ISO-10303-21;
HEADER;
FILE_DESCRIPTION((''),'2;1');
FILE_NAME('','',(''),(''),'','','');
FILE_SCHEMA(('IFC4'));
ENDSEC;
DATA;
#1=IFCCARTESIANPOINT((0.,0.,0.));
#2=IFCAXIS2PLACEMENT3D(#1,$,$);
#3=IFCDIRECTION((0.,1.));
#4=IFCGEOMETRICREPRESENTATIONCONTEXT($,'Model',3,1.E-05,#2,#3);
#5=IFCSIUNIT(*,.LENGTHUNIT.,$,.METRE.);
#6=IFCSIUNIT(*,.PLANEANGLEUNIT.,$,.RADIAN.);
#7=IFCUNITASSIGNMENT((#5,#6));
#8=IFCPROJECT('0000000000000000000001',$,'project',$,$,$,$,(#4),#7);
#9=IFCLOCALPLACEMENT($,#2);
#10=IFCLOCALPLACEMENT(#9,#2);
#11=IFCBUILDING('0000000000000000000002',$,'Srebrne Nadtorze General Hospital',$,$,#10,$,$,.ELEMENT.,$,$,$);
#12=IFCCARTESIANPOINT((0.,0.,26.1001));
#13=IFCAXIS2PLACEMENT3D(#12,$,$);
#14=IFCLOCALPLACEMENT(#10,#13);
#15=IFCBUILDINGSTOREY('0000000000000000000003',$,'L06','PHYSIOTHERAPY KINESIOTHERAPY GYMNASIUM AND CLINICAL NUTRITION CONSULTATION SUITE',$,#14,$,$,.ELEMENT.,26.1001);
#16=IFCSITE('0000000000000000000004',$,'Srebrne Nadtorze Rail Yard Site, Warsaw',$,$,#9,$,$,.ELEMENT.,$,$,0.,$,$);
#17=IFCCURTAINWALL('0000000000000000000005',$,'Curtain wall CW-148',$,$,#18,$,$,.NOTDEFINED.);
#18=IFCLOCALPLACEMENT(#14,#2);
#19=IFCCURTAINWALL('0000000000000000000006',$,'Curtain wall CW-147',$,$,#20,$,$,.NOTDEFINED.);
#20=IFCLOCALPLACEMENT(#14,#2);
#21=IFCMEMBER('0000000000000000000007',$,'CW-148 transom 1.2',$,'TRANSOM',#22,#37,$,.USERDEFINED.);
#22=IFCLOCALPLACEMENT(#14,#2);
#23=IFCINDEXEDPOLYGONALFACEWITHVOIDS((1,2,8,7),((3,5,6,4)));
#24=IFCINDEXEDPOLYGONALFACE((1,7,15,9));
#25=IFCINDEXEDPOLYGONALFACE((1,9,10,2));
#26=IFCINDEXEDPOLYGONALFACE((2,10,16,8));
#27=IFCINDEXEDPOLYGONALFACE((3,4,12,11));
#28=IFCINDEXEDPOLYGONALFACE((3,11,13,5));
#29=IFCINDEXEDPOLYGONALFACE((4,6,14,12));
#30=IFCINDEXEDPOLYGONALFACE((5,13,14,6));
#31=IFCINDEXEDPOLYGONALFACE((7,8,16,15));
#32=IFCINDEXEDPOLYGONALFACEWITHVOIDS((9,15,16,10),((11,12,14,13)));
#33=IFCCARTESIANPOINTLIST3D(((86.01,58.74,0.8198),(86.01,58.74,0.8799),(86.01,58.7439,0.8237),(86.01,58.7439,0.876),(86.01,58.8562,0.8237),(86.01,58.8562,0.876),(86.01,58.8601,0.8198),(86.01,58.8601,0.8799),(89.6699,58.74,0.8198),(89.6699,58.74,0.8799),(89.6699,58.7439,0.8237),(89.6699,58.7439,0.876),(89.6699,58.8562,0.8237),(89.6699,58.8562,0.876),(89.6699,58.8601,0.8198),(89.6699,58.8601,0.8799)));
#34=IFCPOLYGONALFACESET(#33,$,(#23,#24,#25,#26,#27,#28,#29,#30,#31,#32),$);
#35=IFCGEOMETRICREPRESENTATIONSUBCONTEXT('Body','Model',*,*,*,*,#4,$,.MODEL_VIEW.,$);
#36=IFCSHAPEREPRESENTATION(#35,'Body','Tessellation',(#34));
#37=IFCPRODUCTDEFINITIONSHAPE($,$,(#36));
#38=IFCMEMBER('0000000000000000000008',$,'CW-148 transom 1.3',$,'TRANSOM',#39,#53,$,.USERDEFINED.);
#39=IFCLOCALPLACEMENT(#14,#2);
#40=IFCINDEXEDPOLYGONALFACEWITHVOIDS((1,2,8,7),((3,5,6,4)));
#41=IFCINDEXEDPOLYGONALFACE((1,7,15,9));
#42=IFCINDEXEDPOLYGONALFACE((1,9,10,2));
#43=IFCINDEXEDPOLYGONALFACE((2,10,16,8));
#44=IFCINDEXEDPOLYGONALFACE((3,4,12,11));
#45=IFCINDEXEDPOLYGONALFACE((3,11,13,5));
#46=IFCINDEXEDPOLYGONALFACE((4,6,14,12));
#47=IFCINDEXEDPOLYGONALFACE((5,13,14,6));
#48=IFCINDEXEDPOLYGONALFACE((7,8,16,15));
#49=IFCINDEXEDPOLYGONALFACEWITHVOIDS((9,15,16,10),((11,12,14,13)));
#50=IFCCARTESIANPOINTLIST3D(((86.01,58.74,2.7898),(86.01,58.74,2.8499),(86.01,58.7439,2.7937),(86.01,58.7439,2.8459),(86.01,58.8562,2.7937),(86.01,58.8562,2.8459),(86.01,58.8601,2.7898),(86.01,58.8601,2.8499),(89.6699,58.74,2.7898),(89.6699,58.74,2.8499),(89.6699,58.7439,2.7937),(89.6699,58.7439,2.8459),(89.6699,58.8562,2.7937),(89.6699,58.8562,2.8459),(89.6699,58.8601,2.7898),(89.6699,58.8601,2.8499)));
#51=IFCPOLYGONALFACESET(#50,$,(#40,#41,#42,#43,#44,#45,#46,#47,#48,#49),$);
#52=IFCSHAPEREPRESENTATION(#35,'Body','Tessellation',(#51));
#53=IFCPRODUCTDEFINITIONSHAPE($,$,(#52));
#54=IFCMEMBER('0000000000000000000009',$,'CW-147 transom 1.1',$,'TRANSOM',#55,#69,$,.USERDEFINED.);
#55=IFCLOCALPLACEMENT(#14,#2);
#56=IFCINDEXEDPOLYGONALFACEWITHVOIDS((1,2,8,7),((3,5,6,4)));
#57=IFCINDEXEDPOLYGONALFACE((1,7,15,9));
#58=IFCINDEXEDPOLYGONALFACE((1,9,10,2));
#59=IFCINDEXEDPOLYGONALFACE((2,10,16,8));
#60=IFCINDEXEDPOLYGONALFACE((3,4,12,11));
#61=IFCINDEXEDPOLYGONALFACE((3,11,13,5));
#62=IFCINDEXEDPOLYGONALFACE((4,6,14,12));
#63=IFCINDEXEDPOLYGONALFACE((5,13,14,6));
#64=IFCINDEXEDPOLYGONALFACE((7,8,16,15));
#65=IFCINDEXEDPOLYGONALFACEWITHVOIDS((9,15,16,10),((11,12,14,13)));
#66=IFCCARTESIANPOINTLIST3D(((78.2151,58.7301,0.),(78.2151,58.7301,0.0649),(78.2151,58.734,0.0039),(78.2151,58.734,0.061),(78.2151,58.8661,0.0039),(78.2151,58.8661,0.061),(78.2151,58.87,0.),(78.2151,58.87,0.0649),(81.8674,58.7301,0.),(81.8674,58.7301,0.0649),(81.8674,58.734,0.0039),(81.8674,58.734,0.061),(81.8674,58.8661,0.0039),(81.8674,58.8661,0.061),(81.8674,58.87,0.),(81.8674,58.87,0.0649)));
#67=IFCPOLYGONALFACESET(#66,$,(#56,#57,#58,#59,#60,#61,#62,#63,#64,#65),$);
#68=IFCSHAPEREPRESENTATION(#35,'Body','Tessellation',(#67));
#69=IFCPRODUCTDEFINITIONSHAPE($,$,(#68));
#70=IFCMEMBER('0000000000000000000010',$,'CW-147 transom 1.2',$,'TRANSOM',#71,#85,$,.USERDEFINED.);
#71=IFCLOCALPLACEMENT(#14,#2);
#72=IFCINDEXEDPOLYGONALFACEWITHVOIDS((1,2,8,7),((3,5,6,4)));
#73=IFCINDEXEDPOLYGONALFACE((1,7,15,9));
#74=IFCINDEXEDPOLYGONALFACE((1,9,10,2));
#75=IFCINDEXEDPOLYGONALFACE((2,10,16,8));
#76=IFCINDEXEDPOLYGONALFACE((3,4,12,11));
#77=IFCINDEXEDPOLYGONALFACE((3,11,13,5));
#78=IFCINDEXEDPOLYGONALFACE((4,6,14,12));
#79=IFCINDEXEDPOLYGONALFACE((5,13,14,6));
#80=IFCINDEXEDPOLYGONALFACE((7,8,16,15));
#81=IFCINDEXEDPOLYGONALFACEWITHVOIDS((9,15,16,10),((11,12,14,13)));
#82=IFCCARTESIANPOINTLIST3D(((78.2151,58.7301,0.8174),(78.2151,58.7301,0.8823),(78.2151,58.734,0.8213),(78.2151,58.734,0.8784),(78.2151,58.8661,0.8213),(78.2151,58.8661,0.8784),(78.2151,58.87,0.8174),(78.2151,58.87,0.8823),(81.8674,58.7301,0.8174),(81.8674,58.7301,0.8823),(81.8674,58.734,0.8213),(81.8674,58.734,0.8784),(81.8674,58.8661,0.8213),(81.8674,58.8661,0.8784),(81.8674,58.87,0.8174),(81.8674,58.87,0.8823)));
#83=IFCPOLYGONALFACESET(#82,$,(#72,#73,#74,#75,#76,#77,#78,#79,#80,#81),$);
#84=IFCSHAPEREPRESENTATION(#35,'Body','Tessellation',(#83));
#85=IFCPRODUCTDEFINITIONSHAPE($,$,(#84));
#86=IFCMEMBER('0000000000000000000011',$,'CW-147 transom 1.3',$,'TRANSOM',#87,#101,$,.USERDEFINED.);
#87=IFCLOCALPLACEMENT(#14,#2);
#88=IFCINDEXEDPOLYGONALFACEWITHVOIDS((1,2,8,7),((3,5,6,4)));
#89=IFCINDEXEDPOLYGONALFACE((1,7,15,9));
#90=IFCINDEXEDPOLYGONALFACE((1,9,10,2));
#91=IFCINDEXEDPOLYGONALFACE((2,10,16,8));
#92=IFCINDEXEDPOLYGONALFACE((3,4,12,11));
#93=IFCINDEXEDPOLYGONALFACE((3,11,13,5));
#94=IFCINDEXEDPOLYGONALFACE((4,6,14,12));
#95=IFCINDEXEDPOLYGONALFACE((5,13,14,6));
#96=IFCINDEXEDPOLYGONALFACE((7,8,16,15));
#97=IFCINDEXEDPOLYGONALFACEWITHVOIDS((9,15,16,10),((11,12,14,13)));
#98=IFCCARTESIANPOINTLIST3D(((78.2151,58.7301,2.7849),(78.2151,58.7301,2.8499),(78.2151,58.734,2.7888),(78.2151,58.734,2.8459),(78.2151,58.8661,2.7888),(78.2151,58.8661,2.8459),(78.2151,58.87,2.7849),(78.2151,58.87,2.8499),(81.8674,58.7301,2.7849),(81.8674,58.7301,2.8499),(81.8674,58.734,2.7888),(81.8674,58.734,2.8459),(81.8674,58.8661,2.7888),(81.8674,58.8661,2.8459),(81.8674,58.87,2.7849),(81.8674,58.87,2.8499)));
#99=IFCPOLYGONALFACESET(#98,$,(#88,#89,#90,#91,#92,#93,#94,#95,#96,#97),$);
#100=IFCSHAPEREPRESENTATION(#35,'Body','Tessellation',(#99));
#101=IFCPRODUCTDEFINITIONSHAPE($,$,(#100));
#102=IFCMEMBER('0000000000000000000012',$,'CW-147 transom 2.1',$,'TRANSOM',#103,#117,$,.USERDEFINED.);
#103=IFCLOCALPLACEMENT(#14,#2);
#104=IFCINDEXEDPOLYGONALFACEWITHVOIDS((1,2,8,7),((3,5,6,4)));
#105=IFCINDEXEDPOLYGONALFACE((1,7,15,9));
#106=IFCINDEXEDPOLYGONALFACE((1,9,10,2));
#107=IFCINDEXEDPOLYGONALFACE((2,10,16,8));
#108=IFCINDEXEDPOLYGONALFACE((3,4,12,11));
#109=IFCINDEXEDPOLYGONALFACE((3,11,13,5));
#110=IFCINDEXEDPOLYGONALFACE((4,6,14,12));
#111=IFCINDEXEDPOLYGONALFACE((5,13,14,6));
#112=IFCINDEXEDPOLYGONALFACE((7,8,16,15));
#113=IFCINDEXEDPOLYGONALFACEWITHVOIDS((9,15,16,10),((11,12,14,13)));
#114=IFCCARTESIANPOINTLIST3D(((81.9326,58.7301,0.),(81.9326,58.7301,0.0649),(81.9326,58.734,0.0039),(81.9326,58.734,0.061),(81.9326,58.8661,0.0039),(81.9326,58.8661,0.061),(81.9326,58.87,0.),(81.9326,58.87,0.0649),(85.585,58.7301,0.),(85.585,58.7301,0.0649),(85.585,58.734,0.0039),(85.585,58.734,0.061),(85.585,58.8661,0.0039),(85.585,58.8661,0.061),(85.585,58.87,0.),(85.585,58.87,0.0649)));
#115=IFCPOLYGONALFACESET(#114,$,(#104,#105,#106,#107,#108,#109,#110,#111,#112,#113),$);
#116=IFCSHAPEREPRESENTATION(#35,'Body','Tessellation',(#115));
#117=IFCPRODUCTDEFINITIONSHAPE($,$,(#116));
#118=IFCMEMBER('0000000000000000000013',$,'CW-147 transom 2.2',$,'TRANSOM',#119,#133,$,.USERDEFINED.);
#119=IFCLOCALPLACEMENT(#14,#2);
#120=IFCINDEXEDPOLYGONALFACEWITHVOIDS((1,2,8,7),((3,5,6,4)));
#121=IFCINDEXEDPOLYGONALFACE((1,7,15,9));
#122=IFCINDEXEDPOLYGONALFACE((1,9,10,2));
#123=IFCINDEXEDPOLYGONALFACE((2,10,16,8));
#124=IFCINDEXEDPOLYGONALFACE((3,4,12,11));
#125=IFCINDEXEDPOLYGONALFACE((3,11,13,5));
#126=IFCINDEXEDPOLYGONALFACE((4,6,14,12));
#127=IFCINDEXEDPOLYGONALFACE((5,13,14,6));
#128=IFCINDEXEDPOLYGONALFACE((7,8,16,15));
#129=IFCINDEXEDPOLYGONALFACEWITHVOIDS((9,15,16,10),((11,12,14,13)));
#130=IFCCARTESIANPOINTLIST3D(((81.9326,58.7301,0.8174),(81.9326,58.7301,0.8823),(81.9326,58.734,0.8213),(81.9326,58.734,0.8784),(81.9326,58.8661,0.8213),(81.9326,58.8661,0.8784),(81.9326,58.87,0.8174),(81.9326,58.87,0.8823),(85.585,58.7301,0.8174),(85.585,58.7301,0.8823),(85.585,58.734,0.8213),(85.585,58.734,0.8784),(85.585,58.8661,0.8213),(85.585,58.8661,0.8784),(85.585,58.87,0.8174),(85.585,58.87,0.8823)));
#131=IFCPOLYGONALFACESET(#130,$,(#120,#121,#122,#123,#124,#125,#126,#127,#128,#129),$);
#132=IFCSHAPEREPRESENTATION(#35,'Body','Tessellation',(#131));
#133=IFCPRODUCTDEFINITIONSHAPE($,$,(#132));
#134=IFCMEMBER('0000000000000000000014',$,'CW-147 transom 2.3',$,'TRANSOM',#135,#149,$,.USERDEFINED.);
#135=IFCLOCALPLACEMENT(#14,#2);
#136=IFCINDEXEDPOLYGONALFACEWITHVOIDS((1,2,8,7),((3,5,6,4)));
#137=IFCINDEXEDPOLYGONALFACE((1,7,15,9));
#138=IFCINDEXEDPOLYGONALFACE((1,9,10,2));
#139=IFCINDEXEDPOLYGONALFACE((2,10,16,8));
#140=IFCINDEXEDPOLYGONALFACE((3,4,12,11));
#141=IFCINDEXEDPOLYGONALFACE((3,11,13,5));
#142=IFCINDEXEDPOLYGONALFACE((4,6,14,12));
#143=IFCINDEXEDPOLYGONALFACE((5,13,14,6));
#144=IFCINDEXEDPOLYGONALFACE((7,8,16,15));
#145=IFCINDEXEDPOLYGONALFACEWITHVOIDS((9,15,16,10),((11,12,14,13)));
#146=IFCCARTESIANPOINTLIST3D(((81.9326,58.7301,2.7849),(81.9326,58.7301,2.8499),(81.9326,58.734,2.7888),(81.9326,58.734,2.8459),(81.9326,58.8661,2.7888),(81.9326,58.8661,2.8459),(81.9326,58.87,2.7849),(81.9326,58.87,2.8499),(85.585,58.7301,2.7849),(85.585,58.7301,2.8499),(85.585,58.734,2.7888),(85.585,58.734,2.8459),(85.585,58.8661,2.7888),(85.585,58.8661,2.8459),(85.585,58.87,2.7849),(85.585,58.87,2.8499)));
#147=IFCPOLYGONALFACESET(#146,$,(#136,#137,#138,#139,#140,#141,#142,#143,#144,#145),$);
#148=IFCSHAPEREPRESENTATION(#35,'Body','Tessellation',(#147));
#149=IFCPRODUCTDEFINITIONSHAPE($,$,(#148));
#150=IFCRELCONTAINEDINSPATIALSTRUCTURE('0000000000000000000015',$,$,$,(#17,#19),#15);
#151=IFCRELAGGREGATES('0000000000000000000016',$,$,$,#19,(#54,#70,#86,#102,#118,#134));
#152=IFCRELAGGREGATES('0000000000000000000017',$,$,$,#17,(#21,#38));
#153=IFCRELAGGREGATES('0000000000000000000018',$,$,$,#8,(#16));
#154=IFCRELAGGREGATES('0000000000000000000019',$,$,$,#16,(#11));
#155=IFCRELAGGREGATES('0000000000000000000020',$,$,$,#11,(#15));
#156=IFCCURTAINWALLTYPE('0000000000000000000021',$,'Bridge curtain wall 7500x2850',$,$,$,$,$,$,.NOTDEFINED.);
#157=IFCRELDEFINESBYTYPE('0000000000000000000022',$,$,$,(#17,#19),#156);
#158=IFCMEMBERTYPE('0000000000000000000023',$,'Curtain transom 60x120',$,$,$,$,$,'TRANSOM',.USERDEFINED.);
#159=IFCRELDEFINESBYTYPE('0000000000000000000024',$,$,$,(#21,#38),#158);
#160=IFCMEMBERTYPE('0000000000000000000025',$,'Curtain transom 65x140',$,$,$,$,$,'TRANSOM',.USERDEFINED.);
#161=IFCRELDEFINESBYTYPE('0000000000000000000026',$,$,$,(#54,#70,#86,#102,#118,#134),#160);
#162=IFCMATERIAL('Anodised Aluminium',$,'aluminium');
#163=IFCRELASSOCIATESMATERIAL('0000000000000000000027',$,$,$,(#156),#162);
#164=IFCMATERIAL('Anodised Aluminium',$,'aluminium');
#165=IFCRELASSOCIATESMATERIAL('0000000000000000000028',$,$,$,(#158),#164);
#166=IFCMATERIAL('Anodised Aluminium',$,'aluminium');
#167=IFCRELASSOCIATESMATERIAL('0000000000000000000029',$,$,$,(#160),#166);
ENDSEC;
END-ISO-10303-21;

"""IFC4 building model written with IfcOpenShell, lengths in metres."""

from ifc_helpers import new_model, si_unit, direction, frame, origin, origin_2d, place, context, subcontext, project, spatial, hollow_rectangle, extrude, material, material_profile, profile_set, type_object, element, aggregate, save


model = new_model("IFC4")

# Units and contexts
model_context = context("Model", 3, precision=1e-05, world=origin(), true_north=direction((0.0, 1.0)))
body_context = subcontext(model_context, "Body", "Model", "MODEL_VIEW")
ifc_project = project(units=[si_unit("LENGTHUNIT", "METRE"), si_unit("PLANEANGLEUNIT", "RADIAN")], contexts=[model_context])

# Site, building, storey
site_placement = place(None, origin())
site = spatial("IfcSite", under=ifc_project, at=site_placement, Name="Srebrne Nadtorze Rail Yard Site, Warsaw", CompositionType="ELEMENT", RefElevation=0.0)
building_placement = place(site_placement, origin())
building = spatial("IfcBuilding", under=site, at=building_placement, Name="Srebrne Nadtorze General Hospital", CompositionType="ELEMENT")
storey_placement = place(building_placement, frame((0.0, 0.0, 26.1001)))
storey = spatial("IfcBuildingStorey", under=building, at=storey_placement, Name="L06", Description="PHYSIOTHERAPY KINESIOTHERAPY GYMNASIUM AND CLINICAL NUTRITION CONSULTATION SUITE", CompositionType="ELEMENT", Elevation=26.1001)

# Curtain wall
ifc_material_1 = material(Name="Anodised Aluminium", Category="aluminium")
curtain_wall_type = type_object("IfcCurtainWallType", Name="Bridge curtain wall 7500x2850", PredefinedType="NOTDEFINED", material=ifc_material_1)
curtain_wall_1_placement = place(storey_placement, origin())
curtain_wall_1 = element("IfcCurtainWall", 1, at=curtain_wall_1_placement, inside=storey, type_object=curtain_wall_type, Name="Curtain wall CW-148", PredefinedType="NOTDEFINED")

# Curtain wall
curtain_wall_2_placement = place(storey_placement, origin())
curtain_wall_2 = element("IfcCurtainWall", 2, at=curtain_wall_2_placement, inside=storey, type_object=curtain_wall_type, Name="Curtain wall CW-147", PredefinedType="NOTDEFINED")

# Members
ifc_material_2 = material(Name="Anodised Aluminium", Category="aluminium")
ifc_material_profile_1 = material_profile(ifc_material_2, hollow_rectangle(XDim=0.0601, YDim=0.1201, WallThickness=0.0039, at=origin_2d()), Name="AL-TRN-60x120")
ifc_profile_set_1 = profile_set([ifc_material_profile_1], Name="Anodised Aluminium")
member_type_1 = type_object("IfcMemberType", Name="Curtain transom 60x120", ElementType="TRANSOM", PredefinedType="USERDEFINED", material=ifc_profile_set_1)
member_1_placement = place(storey_placement, frame((86.01, 58.8, 0.8499), z_axis=(1.0, 0.0, 0.0), x_axis=(0.0, 0.0, 1.0)))
member_1 = element("IfcMember", 3, at=member_1_placement, type_object=member_type_1, Name="CW-148 transom 1.2", ObjectType="TRANSOM", PredefinedType="USERDEFINED", context=body_context, shape_type="SweptSolid", body=[
    extrude(hollow_rectangle(XDim=0.0601, YDim=0.1201, WallThickness=0.0039, at=origin_2d()), origin(), (0.0, 0.0, 1.0), 3.6599),
])
member_2_placement = place(storey_placement, frame((86.01, 58.8, 2.8198), z_axis=(1.0, 0.0, 0.0), x_axis=(0.0, 0.0, 1.0)))
member_2 = element("IfcMember", 4, at=member_2_placement, type_object=member_type_1, Name="CW-148 transom 1.3", ObjectType="TRANSOM", PredefinedType="USERDEFINED", context=body_context, shape_type="SweptSolid", body=[
    extrude(hollow_rectangle(XDim=0.0601, YDim=0.1201, WallThickness=0.0039, at=origin_2d()), origin(), (0.0, 0.0, 1.0), 3.6599),
])
ifc_material_3 = material(Name="Anodised Aluminium", Category="aluminium")
ifc_material_profile_2 = material_profile(ifc_material_3, hollow_rectangle(XDim=0.0649, YDim=0.1399, WallThickness=0.0039, at=origin_2d()), Name="AL-TRN-65x140")
ifc_profile_set_2 = profile_set([ifc_material_profile_2], Name="Anodised Aluminium")
member_type_2 = type_object("IfcMemberType", Name="Curtain transom 65x140", ElementType="TRANSOM", PredefinedType="USERDEFINED", material=ifc_profile_set_2)
member_3_placement = place(storey_placement, frame((78.2151, 58.8, 0.0325), z_axis=(1.0, 0.0, 0.0), x_axis=(0.0, 0.0, 1.0)))
member_3 = element("IfcMember", 5, at=member_3_placement, type_object=member_type_2, Name="CW-147 transom 1.1", ObjectType="TRANSOM", PredefinedType="USERDEFINED", context=body_context, shape_type="SweptSolid", body=[
    extrude(hollow_rectangle(XDim=0.0649, YDim=0.1399, WallThickness=0.0039, at=origin_2d()), origin(), (0.0, 0.0, 1.0), 3.6523),
])
member_4_placement = place(storey_placement, frame((78.2151, 58.8, 0.8499), z_axis=(1.0, 0.0, 0.0), x_axis=(0.0, 0.0, 1.0)))
member_4 = element("IfcMember", 6, at=member_4_placement, type_object=member_type_2, Name="CW-147 transom 1.2", ObjectType="TRANSOM", PredefinedType="USERDEFINED", context=body_context, shape_type="SweptSolid", body=[
    extrude(hollow_rectangle(XDim=0.0649, YDim=0.1399, WallThickness=0.0039, at=origin_2d()), origin(), (0.0, 0.0, 1.0), 3.6523),
])
member_5_placement = place(storey_placement, frame((78.2151, 58.8, 2.8174), z_axis=(1.0, 0.0, 0.0), x_axis=(0.0, 0.0, 1.0)))
member_5 = element("IfcMember", 7, at=member_5_placement, type_object=member_type_2, Name="CW-147 transom 1.3", ObjectType="TRANSOM", PredefinedType="USERDEFINED", context=body_context, shape_type="SweptSolid", body=[
    extrude(hollow_rectangle(XDim=0.0649, YDim=0.1399, WallThickness=0.0039, at=origin_2d()), origin(), (0.0, 0.0, 1.0), 3.6523),
])
member_6_placement = place(storey_placement, frame((81.9326, 58.8, 0.0325), z_axis=(1.0, 0.0, 0.0), x_axis=(0.0, 0.0, 1.0)))
member_6 = element("IfcMember", 8, at=member_6_placement, type_object=member_type_2, Name="CW-147 transom 2.1", ObjectType="TRANSOM", PredefinedType="USERDEFINED", context=body_context, shape_type="SweptSolid", body=[
    extrude(hollow_rectangle(XDim=0.0649, YDim=0.1399, WallThickness=0.0039, at=origin_2d()), origin(), (0.0, 0.0, 1.0), 3.6523),
])
member_7_placement = place(storey_placement, frame((81.9326, 58.8, 0.8499), z_axis=(1.0, 0.0, 0.0), x_axis=(0.0, 0.0, 1.0)))
member_7 = element("IfcMember", 9, at=member_7_placement, type_object=member_type_2, Name="CW-147 transom 2.2", ObjectType="TRANSOM", PredefinedType="USERDEFINED", context=body_context, shape_type="SweptSolid", body=[
    extrude(hollow_rectangle(XDim=0.0649, YDim=0.1399, WallThickness=0.0039, at=origin_2d()), origin(), (0.0, 0.0, 1.0), 3.6523),
])
member_8_placement = place(storey_placement, frame((81.9326, 58.8, 2.8174), z_axis=(1.0, 0.0, 0.0), x_axis=(0.0, 0.0, 1.0)))
member_8 = element("IfcMember", 10, at=member_8_placement, type_object=member_type_2, Name="CW-147 transom 2.3", ObjectType="TRANSOM", PredefinedType="USERDEFINED", context=body_context, shape_type="SweptSolid", body=[
    extrude(hollow_rectangle(XDim=0.0649, YDim=0.1399, WallThickness=0.0039, at=origin_2d()), origin(), (0.0, 0.0, 1.0), 3.6523),
])

aggregate(curtain_wall_2, [member_3, member_4, member_5, member_6, member_7, member_8])
aggregate(curtain_wall_1, [member_1, member_2])

save(model, "model.ifc")
